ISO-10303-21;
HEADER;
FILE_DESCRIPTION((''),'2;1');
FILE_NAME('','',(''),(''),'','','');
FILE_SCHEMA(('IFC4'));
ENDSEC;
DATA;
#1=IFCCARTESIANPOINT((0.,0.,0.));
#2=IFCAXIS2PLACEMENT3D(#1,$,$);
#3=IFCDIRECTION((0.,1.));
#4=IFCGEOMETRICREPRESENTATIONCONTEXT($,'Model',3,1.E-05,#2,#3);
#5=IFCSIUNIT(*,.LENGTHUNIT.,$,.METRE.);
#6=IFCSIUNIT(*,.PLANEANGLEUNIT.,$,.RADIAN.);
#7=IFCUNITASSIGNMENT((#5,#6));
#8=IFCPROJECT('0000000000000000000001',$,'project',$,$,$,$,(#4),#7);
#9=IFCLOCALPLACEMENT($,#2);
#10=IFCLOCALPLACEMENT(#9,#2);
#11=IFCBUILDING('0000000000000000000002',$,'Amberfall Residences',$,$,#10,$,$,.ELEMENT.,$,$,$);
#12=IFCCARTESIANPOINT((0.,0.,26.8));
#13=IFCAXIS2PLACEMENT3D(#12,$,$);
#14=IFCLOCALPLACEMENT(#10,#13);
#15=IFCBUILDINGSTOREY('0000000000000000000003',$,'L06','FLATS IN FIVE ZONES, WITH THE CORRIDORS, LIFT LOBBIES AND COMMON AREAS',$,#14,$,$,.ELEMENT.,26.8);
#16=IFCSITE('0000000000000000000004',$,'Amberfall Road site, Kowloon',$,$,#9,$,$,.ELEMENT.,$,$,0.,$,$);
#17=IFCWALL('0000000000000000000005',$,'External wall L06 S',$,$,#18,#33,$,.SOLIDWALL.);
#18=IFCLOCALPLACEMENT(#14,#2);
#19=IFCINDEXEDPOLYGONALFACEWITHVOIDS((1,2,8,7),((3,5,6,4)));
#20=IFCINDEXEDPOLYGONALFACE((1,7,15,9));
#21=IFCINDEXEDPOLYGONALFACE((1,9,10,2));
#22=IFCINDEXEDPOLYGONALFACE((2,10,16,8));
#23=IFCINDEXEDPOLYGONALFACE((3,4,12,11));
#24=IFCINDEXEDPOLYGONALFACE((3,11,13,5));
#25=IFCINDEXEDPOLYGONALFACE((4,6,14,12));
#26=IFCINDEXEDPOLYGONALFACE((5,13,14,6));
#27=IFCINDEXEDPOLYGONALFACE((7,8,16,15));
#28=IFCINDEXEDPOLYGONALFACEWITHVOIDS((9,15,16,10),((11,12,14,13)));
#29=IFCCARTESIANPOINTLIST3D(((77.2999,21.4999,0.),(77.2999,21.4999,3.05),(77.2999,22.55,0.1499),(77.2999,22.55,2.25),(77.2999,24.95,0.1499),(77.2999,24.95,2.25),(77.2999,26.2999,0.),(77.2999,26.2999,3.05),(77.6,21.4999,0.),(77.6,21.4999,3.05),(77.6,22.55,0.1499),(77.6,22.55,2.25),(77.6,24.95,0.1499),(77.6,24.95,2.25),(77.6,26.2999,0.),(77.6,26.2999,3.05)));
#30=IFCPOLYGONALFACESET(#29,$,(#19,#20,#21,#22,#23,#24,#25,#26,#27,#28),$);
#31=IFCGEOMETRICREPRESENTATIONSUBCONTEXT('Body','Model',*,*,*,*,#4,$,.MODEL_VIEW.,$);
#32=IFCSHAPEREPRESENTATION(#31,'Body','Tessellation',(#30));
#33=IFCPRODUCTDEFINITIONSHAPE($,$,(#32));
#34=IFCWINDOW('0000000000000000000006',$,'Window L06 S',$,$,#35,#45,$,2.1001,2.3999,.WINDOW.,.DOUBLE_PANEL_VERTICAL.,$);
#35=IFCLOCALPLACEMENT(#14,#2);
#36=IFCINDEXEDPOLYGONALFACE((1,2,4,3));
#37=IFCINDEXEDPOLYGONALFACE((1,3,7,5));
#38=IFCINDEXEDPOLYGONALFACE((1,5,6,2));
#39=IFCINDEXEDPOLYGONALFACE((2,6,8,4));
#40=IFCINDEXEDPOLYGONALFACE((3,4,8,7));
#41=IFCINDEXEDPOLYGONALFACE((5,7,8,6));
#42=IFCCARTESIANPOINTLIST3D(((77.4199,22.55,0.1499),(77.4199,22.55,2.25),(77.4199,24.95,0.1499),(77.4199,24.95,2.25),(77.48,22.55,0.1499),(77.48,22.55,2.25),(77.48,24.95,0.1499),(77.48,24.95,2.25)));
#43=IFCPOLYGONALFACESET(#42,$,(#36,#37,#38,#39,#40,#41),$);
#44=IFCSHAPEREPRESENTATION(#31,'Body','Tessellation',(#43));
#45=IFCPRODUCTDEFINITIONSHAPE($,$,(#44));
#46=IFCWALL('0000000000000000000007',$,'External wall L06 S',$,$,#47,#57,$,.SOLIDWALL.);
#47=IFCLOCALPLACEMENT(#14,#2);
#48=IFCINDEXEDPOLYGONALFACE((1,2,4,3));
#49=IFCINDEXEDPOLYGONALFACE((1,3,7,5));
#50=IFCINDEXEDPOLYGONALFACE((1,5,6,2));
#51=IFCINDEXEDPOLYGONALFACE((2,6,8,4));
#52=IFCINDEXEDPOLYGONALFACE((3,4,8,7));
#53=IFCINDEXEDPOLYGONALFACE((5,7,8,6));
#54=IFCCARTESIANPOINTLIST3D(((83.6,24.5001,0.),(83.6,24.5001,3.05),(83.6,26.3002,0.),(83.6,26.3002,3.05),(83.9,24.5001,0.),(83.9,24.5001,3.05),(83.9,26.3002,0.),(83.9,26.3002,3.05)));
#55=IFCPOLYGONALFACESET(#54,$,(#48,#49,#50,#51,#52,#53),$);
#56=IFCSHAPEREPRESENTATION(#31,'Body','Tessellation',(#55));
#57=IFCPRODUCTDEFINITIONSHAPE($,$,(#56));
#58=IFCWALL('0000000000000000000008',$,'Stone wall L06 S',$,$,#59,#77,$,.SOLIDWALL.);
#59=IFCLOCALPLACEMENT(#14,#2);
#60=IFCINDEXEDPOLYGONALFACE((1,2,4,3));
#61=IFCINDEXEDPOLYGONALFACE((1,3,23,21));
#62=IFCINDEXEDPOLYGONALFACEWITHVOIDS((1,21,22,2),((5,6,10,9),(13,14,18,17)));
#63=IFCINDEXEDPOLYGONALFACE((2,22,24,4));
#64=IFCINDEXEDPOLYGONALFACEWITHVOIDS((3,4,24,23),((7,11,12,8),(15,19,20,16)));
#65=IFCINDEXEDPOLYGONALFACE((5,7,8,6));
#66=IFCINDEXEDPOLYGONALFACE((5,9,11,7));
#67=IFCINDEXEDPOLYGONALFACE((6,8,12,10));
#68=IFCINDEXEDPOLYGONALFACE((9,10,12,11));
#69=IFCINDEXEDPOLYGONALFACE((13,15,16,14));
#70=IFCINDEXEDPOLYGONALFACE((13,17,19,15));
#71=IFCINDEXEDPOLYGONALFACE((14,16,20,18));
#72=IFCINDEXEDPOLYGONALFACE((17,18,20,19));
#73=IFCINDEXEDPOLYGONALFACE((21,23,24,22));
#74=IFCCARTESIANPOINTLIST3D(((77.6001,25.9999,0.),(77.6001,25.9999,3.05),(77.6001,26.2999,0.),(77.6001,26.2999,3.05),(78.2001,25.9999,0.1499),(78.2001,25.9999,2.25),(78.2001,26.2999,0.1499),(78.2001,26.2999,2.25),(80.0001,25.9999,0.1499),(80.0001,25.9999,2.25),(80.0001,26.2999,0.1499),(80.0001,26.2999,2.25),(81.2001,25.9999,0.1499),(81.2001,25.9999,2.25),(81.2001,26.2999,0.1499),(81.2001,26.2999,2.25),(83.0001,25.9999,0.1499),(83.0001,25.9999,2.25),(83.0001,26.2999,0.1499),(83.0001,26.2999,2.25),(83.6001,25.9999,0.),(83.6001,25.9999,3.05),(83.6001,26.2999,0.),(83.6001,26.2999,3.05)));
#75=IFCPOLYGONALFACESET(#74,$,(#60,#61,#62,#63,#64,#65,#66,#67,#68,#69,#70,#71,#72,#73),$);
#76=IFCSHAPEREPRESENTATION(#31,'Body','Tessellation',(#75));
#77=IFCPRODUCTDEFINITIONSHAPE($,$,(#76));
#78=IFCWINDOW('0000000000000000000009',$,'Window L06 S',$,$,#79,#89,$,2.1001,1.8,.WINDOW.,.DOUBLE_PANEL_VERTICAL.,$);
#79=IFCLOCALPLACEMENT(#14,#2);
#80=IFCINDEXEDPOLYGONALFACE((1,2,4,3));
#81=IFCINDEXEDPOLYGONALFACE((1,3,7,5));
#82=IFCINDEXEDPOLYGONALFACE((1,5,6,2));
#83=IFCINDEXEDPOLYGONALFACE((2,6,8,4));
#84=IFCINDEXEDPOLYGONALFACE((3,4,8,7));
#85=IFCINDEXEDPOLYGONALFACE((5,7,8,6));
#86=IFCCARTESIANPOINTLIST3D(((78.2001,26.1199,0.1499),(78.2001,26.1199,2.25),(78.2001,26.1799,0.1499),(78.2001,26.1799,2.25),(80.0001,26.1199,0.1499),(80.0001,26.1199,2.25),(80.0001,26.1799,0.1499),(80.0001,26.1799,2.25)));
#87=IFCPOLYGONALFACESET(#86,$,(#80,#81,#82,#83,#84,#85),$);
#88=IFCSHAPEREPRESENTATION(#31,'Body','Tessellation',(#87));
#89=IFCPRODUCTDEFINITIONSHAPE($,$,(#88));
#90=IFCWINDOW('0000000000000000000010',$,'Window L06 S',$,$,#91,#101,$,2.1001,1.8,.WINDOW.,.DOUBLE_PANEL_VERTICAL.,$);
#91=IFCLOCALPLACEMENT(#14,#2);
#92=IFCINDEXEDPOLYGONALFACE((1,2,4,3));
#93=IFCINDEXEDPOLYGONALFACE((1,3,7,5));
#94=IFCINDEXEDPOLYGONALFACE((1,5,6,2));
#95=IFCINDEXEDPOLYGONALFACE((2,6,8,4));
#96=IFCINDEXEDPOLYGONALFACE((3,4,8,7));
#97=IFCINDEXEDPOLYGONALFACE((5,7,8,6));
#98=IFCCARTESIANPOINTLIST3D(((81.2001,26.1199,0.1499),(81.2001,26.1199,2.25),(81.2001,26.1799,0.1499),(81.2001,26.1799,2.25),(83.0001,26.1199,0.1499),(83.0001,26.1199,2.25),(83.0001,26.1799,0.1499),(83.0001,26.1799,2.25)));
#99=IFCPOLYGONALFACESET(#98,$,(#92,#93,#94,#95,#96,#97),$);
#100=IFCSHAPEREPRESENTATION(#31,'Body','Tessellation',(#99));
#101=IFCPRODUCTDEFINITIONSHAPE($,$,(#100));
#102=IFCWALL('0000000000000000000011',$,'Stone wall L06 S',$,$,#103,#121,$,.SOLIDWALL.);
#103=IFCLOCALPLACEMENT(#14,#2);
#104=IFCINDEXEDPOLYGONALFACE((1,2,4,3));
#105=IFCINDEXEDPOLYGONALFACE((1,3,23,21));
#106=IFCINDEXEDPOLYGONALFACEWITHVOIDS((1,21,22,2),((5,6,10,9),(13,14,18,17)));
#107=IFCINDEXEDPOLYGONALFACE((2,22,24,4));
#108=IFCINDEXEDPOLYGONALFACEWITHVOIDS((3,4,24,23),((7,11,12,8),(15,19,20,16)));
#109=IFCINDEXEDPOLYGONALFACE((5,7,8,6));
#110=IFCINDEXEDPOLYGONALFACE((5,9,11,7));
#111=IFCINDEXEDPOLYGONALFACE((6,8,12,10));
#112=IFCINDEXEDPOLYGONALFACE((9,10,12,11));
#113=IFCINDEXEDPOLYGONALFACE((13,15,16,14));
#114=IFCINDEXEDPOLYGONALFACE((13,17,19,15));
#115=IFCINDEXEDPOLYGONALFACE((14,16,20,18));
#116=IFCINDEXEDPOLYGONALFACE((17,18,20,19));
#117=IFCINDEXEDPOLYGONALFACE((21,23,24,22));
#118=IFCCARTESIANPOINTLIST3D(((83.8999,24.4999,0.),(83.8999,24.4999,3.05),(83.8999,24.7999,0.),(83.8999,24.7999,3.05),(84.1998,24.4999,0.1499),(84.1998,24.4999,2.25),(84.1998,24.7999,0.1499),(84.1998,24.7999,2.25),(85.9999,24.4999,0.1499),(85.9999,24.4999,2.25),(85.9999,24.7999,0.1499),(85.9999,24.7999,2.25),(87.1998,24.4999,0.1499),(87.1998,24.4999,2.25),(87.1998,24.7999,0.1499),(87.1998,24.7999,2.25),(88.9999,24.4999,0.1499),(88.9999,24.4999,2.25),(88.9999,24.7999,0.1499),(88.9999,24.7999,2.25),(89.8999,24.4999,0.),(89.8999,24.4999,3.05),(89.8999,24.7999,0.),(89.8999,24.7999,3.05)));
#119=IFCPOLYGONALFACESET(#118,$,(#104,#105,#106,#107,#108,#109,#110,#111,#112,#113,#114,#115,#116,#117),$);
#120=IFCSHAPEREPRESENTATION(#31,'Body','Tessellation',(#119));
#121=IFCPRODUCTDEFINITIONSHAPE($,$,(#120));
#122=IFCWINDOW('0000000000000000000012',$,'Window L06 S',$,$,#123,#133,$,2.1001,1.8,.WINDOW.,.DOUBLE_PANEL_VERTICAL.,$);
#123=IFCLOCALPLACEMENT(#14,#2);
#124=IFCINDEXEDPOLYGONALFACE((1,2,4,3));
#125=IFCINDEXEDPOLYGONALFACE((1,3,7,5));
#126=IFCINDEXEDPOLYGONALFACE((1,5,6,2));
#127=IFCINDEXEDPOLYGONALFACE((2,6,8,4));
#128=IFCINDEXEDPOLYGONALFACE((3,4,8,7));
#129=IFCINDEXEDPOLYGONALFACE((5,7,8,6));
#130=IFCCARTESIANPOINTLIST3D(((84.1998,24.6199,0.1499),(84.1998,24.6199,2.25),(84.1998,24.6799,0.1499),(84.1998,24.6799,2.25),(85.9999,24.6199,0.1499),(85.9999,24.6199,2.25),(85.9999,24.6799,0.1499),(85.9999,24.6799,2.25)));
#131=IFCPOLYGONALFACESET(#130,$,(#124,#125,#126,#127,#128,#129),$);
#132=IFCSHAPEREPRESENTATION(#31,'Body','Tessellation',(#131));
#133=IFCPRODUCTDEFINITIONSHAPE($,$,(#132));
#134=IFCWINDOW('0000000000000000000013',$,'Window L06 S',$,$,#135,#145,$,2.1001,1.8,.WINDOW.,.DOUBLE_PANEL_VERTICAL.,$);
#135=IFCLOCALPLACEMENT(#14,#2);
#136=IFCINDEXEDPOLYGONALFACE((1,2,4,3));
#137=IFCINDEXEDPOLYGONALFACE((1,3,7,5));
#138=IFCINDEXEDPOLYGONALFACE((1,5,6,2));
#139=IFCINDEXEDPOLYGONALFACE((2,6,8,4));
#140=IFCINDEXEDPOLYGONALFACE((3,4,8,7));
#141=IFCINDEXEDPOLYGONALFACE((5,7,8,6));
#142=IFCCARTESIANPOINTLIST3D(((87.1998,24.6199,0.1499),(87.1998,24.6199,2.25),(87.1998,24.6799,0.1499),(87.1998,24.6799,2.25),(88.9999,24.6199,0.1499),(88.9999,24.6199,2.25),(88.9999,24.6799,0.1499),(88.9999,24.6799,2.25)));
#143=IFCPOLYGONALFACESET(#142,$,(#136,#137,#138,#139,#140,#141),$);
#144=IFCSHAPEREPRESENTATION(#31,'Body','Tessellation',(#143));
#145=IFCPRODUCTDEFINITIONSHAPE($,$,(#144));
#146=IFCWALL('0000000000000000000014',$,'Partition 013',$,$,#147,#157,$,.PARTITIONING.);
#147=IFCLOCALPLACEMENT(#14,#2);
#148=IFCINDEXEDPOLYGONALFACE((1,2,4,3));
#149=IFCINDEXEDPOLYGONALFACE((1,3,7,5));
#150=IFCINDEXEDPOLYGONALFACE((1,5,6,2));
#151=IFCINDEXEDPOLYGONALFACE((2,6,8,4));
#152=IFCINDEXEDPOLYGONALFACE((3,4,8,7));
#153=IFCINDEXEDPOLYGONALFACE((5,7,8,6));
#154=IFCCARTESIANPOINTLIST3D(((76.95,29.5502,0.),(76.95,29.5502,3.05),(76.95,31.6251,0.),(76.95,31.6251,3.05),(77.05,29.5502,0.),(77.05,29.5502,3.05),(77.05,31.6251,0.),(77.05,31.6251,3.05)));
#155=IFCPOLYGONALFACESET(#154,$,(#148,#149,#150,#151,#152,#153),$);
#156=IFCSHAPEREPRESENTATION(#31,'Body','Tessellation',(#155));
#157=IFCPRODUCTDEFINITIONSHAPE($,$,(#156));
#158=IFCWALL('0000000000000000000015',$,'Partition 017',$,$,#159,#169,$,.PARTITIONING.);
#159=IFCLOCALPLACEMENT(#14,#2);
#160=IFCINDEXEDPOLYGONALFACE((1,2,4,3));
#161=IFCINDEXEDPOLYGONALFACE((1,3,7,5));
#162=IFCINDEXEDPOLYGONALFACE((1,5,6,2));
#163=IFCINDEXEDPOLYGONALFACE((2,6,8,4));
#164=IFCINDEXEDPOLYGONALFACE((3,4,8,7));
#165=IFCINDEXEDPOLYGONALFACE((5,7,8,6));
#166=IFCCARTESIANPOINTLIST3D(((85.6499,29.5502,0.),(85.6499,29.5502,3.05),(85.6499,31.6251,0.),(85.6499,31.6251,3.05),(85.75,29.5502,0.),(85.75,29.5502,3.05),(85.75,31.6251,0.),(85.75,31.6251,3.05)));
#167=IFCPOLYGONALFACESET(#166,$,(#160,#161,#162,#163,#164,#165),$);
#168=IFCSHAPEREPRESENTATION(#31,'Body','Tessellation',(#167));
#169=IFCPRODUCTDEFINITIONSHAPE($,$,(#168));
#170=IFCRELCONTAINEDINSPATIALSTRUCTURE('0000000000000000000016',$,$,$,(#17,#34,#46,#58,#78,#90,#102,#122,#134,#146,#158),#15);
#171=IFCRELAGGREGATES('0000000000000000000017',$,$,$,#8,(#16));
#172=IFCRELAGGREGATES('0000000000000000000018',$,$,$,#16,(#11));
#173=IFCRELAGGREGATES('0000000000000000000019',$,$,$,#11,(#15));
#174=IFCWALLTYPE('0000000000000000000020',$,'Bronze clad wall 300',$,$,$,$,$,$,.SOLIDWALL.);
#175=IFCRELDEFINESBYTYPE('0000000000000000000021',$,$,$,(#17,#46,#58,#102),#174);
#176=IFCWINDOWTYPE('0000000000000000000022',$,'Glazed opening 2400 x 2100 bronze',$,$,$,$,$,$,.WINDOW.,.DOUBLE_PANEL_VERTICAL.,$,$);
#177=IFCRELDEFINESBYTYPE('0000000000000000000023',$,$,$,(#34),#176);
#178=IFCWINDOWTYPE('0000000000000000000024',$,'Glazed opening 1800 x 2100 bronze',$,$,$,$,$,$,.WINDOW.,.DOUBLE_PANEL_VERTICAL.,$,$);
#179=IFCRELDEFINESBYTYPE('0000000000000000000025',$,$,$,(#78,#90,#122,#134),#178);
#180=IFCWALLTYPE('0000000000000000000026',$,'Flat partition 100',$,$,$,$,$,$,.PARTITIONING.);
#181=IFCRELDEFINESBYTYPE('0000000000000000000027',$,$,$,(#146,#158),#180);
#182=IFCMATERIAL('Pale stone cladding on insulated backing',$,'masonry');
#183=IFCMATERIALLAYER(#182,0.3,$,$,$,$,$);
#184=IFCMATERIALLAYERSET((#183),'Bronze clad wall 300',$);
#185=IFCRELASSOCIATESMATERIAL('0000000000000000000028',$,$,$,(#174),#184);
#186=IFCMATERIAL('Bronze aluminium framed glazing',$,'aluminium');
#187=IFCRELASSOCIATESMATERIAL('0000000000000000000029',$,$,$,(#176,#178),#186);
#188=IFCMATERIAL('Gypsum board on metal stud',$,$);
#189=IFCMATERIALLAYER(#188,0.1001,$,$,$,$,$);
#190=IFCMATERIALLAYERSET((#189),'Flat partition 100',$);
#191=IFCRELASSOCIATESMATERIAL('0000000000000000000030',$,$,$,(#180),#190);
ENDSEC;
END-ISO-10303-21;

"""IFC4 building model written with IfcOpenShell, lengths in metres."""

from ifc_helpers import new_model, si_unit, direction, frame, frame_2d, origin, place, context, subcontext, project, spatial, rectangle, extrude, material, layer, layer_set, type_object, element, fill, save


model = new_model("IFC4")

# Units and contexts
model_context = context("Model", 3, precision=1e-05, world=origin(), true_north=direction((0.0, 1.0)))
body_context = subcontext(model_context, "Body", "Model", "MODEL_VIEW")
ifc_project = project(units=[si_unit("LENGTHUNIT", "METRE"), si_unit("PLANEANGLEUNIT", "RADIAN")], contexts=[model_context])

# Site, building, storey
site_placement = place(None, origin())
site = spatial("IfcSite", under=ifc_project, at=site_placement, Name="Amberfall Road site, Kowloon", CompositionType="ELEMENT", RefElevation=0.0)
building_placement = place(site_placement, origin())
building = spatial("IfcBuilding", under=site, at=building_placement, Name="Amberfall Residences", CompositionType="ELEMENT")
storey_placement = place(building_placement, frame((0.0, 0.0, 26.8)))
storey = spatial("IfcBuildingStorey", under=building, at=storey_placement, Name="L06", Description="FLATS IN FIVE ZONES, WITH THE CORRIDORS, LIFT LOBBIES AND COMMON AREAS", CompositionType="ELEMENT", Elevation=26.8)

# Wall, opening, window
ifc_material_1 = material(Name="Pale stone cladding on insulated backing", Category="masonry")
ifc_layer_1 = layer(ifc_material_1, 0.3)
ifc_layer_set_1 = layer_set([ifc_layer_1], Name="Bronze clad wall 300")
wall_type_1 = type_object("IfcWallType", Name="Bronze clad wall 300", PredefinedType="SOLIDWALL", material=ifc_layer_set_1)
wall_1_placement = place(storey_placement, frame((77.45, 21.5, 0.0), z_axis=(0.0, 0.0, 1.0), x_axis=(0.0, 1.0, 0.0)))
wall_1 = element("IfcWall", 1, at=wall_1_placement, inside=storey, type_object=wall_type_1, Name="External wall L06 S", PredefinedType="SOLIDWALL", context=body_context, shape_type="SweptSolid", body=[
    extrude(rectangle(XDim=4.8, YDim=0.3, at=frame_2d((2.3999, 0.0))), origin(), (0.0, 0.0, 1.0), 3.05),
])
opening_1_placement = place(wall_1_placement, frame((1.05, 0.0, 0.1499)))
opening_1 = element("IfcOpeningElement", 2, at=opening_1_placement, cuts=wall_1, PredefinedType="OPENING", context=body_context, shape_type="SweptSolid", body=[
    extrude(rectangle(XDim=2.3999, YDim=2.1001, at=frame_2d((1.2, 1.05))), frame((0.0, 0.1599, 0.0), z_axis=(0.0, -1.0, 0.0), x_axis=(1.0, 0.0, 0.0)), (0.0, 0.0, 1.0), 0.3201),
])
ifc_material_2 = material(Name="Bronze aluminium framed glazing", Category="aluminium")
window_type_1 = type_object("IfcWindowType", Name="Glazed opening 2400 x 2100 bronze", PartitioningType="DOUBLE_PANEL_VERTICAL", PredefinedType="WINDOW", material=ifc_material_2)
window_1_placement = place(opening_1_placement, origin())
window_1 = element("IfcWindow", 3, at=window_1_placement, inside=storey, type_object=window_type_1, Name="Window L06 S", OverallHeight=2.1001, OverallWidth=2.3999, PartitioningType="DOUBLE_PANEL_VERTICAL", PredefinedType="WINDOW", context=body_context, shape_type="SweptSolid", body=[
    extrude(rectangle(XDim=2.3999, YDim=2.1001, at=frame_2d((1.2, 1.05))), frame((0.0, 0.03, 0.0), z_axis=(0.0, -1.0, 0.0), x_axis=(1.0, 0.0, 0.0)), (0.0, 0.0, 1.0), 0.0601),
])
fill(opening_1, window_1)

# Wall
wall_2_placement = place(storey_placement, frame((83.75, 26.3, 0.0), z_axis=(0.0, 0.0, 1.0), x_axis=(0.0, -1.0, 0.0)))
element("IfcWall", 4, at=wall_2_placement, inside=storey, type_object=wall_type_1, Name="External wall L06 S", PredefinedType="SOLIDWALL", context=body_context, shape_type="SweptSolid", body=[
    extrude(rectangle(XDim=1.8, YDim=0.3, at=frame_2d((0.8999, 0.0))), origin(), (0.0, 0.0, 1.0), 3.05),
])

# Walls, openings, windows
wall_3_placement = place(storey_placement, frame((77.6001, 26.1499, 0.0), z_axis=(0.0, 0.0, 1.0), x_axis=(1.0, 0.0, 0.0)))
wall_3 = element("IfcWall", 5, at=wall_3_placement, inside=storey, type_object=wall_type_1, Name="Stone wall L06 S", PredefinedType="SOLIDWALL", context=body_context, shape_type="SweptSolid", body=[
    extrude(rectangle(XDim=6.0, YDim=0.3, at=frame_2d((3.0, 0.0))), origin(), (0.0, 0.0, 1.0), 3.05),
])
opening_2_placement = place(wall_3_placement, frame((0.6001, 0.0, 0.1499)))
opening_2 = element("IfcOpeningElement", 6, at=opening_2_placement, cuts=wall_3, PredefinedType="OPENING", context=body_context, shape_type="SweptSolid", body=[
    extrude(rectangle(XDim=1.8, YDim=2.1001, at=frame_2d((0.8999, 1.05))), frame((0.0, 0.1599, 0.0), z_axis=(0.0, -1.0, 0.0), x_axis=(1.0, 0.0, 0.0)), (0.0, 0.0, 1.0), 0.3201),
])
opening_3_placement = place(wall_3_placement, frame((3.6001, 0.0, 0.1499)))
opening_3 = element("IfcOpeningElement", 7, at=opening_3_placement, cuts=wall_3, PredefinedType="OPENING", context=body_context, shape_type="SweptSolid", body=[
    extrude(rectangle(XDim=1.8, YDim=2.1001, at=frame_2d((0.8999, 1.05))), frame((0.0, 0.1599, 0.0), z_axis=(0.0, -1.0, 0.0), x_axis=(1.0, 0.0, 0.0)), (0.0, 0.0, 1.0), 0.3201),
])
window_type_2 = type_object("IfcWindowType", Name="Glazed opening 1800 x 2100 bronze", PartitioningType="DOUBLE_PANEL_VERTICAL", PredefinedType="WINDOW", material=ifc_material_2)
window_2_placement = place(opening_2_placement, origin())
window_2 = element("IfcWindow", 8, at=window_2_placement, inside=storey, type_object=window_type_2, Name="Window L06 S", OverallHeight=2.1001, OverallWidth=1.8, PartitioningType="DOUBLE_PANEL_VERTICAL", PredefinedType="WINDOW", context=body_context, shape_type="SweptSolid", body=[
    extrude(rectangle(XDim=1.8, YDim=2.1001, at=frame_2d((0.8999, 1.05))), frame((0.0, 0.03, 0.0), z_axis=(0.0, -1.0, 0.0), x_axis=(1.0, 0.0, 0.0)), (0.0, 0.0, 1.0), 0.0601),
])
fill(opening_2, window_2)
window_3_placement = place(opening_3_placement, origin())
window_3 = element("IfcWindow", 9, at=window_3_placement, inside=storey, type_object=window_type_2, Name="Window L06 S", OverallHeight=2.1001, OverallWidth=1.8, PartitioningType="DOUBLE_PANEL_VERTICAL", PredefinedType="WINDOW", context=body_context, shape_type="SweptSolid", body=[
    extrude(rectangle(XDim=1.8, YDim=2.1001, at=frame_2d((0.8999, 1.05))), frame((0.0, 0.03, 0.0), z_axis=(0.0, -1.0, 0.0), x_axis=(1.0, 0.0, 0.0)), (0.0, 0.0, 1.0), 0.0601),
])
fill(opening_3, window_3)
wall_4_placement = place(storey_placement, frame((83.8999, 24.6499, 0.0), z_axis=(0.0, 0.0, 1.0), x_axis=(1.0, 0.0, 0.0)))
wall_4 = element("IfcWall", 10, at=wall_4_placement, inside=storey, type_object=wall_type_1, Name="Stone wall L06 S", PredefinedType="SOLIDWALL", context=body_context, shape_type="SweptSolid", body=[
    extrude(rectangle(XDim=6.0, YDim=0.3, at=frame_2d((3.0, 0.0))), origin(), (0.0, 0.0, 1.0), 3.05),
])
opening_4_placement = place(wall_4_placement, frame((0.3, 0.0, 0.1499)))
opening_4 = element("IfcOpeningElement", 11, at=opening_4_placement, cuts=wall_4, PredefinedType="OPENING", context=body_context, shape_type="SweptSolid", body=[
    extrude(rectangle(XDim=1.8, YDim=2.1001, at=frame_2d((0.8999, 1.05))), frame((0.0, 0.1599, 0.0), z_axis=(0.0, -1.0, 0.0), x_axis=(1.0, 0.0, 0.0)), (0.0, 0.0, 1.0), 0.3201),
])
opening_5_placement = place(wall_4_placement, frame((3.3, 0.0, 0.1499)))
opening_5 = element("IfcOpeningElement", 12, at=opening_5_placement, cuts=wall_4, PredefinedType="OPENING", context=body_context, shape_type="SweptSolid", body=[
    extrude(rectangle(XDim=1.8, YDim=2.1001, at=frame_2d((0.8999, 1.05))), frame((0.0, 0.1599, 0.0), z_axis=(0.0, -1.0, 0.0), x_axis=(1.0, 0.0, 0.0)), (0.0, 0.0, 1.0), 0.3201),
])
window_4_placement = place(opening_4_placement, origin())
window_4 = element("IfcWindow", 13, at=window_4_placement, inside=storey, type_object=window_type_2, Name="Window L06 S", OverallHeight=2.1001, OverallWidth=1.8, PartitioningType="DOUBLE_PANEL_VERTICAL", PredefinedType="WINDOW", context=body_context, shape_type="SweptSolid", body=[
    extrude(rectangle(XDim=1.8, YDim=2.1001, at=frame_2d((0.8999, 1.05))), frame((0.0, 0.03, 0.0), z_axis=(0.0, -1.0, 0.0), x_axis=(1.0, 0.0, 0.0)), (0.0, 0.0, 1.0), 0.0601),
])
fill(opening_4, window_4)
window_5_placement = place(opening_5_placement, origin())
window_5 = element("IfcWindow", 14, at=window_5_placement, inside=storey, type_object=window_type_2, Name="Window L06 S", OverallHeight=2.1001, OverallWidth=1.8, PartitioningType="DOUBLE_PANEL_VERTICAL", PredefinedType="WINDOW", context=body_context, shape_type="SweptSolid", body=[
    extrude(rectangle(XDim=1.8, YDim=2.1001, at=frame_2d((0.8999, 1.05))), frame((0.0, 0.03, 0.0), z_axis=(0.0, -1.0, 0.0), x_axis=(1.0, 0.0, 0.0)), (0.0, 0.0, 1.0), 0.0601),
])
fill(opening_5, window_5)

# Walls
ifc_material_3 = material(Name="Gypsum board on metal stud")
ifc_layer_2 = layer(ifc_material_3, 0.1001)
ifc_layer_set_2 = layer_set([ifc_layer_2], Name="Flat partition 100")
wall_type_2 = type_object("IfcWallType", Name="Flat partition 100", PredefinedType="PARTITIONING", material=ifc_layer_set_2)
for number, where, z_axis, x_axis, name in (
    (15, (77.0, 29.55, 0.0), (0.0, 0.0, 1.0), (0.0, 1.0, 0.0), "Partition 013"),
    (16, (85.7, 29.55, 0.0), (0.0, 0.0, 1.0), (0.0, 1.0, 0.0), "Partition 017"),
):
    element("IfcWall", number, at=place(storey_placement, frame(where, z_axis=z_axis, x_axis=x_axis)), inside=storey, type_object=wall_type_2, Name=name, PredefinedType="PARTITIONING", context=body_context, shape_type="SweptSolid", body=[
        extrude(rectangle(XDim=2.075, YDim=0.1001, at=frame_2d((1.0376, 0.0))), origin(), (0.0, 0.0, 1.0), 3.05),
    ])

save(model, "model.ifc")
